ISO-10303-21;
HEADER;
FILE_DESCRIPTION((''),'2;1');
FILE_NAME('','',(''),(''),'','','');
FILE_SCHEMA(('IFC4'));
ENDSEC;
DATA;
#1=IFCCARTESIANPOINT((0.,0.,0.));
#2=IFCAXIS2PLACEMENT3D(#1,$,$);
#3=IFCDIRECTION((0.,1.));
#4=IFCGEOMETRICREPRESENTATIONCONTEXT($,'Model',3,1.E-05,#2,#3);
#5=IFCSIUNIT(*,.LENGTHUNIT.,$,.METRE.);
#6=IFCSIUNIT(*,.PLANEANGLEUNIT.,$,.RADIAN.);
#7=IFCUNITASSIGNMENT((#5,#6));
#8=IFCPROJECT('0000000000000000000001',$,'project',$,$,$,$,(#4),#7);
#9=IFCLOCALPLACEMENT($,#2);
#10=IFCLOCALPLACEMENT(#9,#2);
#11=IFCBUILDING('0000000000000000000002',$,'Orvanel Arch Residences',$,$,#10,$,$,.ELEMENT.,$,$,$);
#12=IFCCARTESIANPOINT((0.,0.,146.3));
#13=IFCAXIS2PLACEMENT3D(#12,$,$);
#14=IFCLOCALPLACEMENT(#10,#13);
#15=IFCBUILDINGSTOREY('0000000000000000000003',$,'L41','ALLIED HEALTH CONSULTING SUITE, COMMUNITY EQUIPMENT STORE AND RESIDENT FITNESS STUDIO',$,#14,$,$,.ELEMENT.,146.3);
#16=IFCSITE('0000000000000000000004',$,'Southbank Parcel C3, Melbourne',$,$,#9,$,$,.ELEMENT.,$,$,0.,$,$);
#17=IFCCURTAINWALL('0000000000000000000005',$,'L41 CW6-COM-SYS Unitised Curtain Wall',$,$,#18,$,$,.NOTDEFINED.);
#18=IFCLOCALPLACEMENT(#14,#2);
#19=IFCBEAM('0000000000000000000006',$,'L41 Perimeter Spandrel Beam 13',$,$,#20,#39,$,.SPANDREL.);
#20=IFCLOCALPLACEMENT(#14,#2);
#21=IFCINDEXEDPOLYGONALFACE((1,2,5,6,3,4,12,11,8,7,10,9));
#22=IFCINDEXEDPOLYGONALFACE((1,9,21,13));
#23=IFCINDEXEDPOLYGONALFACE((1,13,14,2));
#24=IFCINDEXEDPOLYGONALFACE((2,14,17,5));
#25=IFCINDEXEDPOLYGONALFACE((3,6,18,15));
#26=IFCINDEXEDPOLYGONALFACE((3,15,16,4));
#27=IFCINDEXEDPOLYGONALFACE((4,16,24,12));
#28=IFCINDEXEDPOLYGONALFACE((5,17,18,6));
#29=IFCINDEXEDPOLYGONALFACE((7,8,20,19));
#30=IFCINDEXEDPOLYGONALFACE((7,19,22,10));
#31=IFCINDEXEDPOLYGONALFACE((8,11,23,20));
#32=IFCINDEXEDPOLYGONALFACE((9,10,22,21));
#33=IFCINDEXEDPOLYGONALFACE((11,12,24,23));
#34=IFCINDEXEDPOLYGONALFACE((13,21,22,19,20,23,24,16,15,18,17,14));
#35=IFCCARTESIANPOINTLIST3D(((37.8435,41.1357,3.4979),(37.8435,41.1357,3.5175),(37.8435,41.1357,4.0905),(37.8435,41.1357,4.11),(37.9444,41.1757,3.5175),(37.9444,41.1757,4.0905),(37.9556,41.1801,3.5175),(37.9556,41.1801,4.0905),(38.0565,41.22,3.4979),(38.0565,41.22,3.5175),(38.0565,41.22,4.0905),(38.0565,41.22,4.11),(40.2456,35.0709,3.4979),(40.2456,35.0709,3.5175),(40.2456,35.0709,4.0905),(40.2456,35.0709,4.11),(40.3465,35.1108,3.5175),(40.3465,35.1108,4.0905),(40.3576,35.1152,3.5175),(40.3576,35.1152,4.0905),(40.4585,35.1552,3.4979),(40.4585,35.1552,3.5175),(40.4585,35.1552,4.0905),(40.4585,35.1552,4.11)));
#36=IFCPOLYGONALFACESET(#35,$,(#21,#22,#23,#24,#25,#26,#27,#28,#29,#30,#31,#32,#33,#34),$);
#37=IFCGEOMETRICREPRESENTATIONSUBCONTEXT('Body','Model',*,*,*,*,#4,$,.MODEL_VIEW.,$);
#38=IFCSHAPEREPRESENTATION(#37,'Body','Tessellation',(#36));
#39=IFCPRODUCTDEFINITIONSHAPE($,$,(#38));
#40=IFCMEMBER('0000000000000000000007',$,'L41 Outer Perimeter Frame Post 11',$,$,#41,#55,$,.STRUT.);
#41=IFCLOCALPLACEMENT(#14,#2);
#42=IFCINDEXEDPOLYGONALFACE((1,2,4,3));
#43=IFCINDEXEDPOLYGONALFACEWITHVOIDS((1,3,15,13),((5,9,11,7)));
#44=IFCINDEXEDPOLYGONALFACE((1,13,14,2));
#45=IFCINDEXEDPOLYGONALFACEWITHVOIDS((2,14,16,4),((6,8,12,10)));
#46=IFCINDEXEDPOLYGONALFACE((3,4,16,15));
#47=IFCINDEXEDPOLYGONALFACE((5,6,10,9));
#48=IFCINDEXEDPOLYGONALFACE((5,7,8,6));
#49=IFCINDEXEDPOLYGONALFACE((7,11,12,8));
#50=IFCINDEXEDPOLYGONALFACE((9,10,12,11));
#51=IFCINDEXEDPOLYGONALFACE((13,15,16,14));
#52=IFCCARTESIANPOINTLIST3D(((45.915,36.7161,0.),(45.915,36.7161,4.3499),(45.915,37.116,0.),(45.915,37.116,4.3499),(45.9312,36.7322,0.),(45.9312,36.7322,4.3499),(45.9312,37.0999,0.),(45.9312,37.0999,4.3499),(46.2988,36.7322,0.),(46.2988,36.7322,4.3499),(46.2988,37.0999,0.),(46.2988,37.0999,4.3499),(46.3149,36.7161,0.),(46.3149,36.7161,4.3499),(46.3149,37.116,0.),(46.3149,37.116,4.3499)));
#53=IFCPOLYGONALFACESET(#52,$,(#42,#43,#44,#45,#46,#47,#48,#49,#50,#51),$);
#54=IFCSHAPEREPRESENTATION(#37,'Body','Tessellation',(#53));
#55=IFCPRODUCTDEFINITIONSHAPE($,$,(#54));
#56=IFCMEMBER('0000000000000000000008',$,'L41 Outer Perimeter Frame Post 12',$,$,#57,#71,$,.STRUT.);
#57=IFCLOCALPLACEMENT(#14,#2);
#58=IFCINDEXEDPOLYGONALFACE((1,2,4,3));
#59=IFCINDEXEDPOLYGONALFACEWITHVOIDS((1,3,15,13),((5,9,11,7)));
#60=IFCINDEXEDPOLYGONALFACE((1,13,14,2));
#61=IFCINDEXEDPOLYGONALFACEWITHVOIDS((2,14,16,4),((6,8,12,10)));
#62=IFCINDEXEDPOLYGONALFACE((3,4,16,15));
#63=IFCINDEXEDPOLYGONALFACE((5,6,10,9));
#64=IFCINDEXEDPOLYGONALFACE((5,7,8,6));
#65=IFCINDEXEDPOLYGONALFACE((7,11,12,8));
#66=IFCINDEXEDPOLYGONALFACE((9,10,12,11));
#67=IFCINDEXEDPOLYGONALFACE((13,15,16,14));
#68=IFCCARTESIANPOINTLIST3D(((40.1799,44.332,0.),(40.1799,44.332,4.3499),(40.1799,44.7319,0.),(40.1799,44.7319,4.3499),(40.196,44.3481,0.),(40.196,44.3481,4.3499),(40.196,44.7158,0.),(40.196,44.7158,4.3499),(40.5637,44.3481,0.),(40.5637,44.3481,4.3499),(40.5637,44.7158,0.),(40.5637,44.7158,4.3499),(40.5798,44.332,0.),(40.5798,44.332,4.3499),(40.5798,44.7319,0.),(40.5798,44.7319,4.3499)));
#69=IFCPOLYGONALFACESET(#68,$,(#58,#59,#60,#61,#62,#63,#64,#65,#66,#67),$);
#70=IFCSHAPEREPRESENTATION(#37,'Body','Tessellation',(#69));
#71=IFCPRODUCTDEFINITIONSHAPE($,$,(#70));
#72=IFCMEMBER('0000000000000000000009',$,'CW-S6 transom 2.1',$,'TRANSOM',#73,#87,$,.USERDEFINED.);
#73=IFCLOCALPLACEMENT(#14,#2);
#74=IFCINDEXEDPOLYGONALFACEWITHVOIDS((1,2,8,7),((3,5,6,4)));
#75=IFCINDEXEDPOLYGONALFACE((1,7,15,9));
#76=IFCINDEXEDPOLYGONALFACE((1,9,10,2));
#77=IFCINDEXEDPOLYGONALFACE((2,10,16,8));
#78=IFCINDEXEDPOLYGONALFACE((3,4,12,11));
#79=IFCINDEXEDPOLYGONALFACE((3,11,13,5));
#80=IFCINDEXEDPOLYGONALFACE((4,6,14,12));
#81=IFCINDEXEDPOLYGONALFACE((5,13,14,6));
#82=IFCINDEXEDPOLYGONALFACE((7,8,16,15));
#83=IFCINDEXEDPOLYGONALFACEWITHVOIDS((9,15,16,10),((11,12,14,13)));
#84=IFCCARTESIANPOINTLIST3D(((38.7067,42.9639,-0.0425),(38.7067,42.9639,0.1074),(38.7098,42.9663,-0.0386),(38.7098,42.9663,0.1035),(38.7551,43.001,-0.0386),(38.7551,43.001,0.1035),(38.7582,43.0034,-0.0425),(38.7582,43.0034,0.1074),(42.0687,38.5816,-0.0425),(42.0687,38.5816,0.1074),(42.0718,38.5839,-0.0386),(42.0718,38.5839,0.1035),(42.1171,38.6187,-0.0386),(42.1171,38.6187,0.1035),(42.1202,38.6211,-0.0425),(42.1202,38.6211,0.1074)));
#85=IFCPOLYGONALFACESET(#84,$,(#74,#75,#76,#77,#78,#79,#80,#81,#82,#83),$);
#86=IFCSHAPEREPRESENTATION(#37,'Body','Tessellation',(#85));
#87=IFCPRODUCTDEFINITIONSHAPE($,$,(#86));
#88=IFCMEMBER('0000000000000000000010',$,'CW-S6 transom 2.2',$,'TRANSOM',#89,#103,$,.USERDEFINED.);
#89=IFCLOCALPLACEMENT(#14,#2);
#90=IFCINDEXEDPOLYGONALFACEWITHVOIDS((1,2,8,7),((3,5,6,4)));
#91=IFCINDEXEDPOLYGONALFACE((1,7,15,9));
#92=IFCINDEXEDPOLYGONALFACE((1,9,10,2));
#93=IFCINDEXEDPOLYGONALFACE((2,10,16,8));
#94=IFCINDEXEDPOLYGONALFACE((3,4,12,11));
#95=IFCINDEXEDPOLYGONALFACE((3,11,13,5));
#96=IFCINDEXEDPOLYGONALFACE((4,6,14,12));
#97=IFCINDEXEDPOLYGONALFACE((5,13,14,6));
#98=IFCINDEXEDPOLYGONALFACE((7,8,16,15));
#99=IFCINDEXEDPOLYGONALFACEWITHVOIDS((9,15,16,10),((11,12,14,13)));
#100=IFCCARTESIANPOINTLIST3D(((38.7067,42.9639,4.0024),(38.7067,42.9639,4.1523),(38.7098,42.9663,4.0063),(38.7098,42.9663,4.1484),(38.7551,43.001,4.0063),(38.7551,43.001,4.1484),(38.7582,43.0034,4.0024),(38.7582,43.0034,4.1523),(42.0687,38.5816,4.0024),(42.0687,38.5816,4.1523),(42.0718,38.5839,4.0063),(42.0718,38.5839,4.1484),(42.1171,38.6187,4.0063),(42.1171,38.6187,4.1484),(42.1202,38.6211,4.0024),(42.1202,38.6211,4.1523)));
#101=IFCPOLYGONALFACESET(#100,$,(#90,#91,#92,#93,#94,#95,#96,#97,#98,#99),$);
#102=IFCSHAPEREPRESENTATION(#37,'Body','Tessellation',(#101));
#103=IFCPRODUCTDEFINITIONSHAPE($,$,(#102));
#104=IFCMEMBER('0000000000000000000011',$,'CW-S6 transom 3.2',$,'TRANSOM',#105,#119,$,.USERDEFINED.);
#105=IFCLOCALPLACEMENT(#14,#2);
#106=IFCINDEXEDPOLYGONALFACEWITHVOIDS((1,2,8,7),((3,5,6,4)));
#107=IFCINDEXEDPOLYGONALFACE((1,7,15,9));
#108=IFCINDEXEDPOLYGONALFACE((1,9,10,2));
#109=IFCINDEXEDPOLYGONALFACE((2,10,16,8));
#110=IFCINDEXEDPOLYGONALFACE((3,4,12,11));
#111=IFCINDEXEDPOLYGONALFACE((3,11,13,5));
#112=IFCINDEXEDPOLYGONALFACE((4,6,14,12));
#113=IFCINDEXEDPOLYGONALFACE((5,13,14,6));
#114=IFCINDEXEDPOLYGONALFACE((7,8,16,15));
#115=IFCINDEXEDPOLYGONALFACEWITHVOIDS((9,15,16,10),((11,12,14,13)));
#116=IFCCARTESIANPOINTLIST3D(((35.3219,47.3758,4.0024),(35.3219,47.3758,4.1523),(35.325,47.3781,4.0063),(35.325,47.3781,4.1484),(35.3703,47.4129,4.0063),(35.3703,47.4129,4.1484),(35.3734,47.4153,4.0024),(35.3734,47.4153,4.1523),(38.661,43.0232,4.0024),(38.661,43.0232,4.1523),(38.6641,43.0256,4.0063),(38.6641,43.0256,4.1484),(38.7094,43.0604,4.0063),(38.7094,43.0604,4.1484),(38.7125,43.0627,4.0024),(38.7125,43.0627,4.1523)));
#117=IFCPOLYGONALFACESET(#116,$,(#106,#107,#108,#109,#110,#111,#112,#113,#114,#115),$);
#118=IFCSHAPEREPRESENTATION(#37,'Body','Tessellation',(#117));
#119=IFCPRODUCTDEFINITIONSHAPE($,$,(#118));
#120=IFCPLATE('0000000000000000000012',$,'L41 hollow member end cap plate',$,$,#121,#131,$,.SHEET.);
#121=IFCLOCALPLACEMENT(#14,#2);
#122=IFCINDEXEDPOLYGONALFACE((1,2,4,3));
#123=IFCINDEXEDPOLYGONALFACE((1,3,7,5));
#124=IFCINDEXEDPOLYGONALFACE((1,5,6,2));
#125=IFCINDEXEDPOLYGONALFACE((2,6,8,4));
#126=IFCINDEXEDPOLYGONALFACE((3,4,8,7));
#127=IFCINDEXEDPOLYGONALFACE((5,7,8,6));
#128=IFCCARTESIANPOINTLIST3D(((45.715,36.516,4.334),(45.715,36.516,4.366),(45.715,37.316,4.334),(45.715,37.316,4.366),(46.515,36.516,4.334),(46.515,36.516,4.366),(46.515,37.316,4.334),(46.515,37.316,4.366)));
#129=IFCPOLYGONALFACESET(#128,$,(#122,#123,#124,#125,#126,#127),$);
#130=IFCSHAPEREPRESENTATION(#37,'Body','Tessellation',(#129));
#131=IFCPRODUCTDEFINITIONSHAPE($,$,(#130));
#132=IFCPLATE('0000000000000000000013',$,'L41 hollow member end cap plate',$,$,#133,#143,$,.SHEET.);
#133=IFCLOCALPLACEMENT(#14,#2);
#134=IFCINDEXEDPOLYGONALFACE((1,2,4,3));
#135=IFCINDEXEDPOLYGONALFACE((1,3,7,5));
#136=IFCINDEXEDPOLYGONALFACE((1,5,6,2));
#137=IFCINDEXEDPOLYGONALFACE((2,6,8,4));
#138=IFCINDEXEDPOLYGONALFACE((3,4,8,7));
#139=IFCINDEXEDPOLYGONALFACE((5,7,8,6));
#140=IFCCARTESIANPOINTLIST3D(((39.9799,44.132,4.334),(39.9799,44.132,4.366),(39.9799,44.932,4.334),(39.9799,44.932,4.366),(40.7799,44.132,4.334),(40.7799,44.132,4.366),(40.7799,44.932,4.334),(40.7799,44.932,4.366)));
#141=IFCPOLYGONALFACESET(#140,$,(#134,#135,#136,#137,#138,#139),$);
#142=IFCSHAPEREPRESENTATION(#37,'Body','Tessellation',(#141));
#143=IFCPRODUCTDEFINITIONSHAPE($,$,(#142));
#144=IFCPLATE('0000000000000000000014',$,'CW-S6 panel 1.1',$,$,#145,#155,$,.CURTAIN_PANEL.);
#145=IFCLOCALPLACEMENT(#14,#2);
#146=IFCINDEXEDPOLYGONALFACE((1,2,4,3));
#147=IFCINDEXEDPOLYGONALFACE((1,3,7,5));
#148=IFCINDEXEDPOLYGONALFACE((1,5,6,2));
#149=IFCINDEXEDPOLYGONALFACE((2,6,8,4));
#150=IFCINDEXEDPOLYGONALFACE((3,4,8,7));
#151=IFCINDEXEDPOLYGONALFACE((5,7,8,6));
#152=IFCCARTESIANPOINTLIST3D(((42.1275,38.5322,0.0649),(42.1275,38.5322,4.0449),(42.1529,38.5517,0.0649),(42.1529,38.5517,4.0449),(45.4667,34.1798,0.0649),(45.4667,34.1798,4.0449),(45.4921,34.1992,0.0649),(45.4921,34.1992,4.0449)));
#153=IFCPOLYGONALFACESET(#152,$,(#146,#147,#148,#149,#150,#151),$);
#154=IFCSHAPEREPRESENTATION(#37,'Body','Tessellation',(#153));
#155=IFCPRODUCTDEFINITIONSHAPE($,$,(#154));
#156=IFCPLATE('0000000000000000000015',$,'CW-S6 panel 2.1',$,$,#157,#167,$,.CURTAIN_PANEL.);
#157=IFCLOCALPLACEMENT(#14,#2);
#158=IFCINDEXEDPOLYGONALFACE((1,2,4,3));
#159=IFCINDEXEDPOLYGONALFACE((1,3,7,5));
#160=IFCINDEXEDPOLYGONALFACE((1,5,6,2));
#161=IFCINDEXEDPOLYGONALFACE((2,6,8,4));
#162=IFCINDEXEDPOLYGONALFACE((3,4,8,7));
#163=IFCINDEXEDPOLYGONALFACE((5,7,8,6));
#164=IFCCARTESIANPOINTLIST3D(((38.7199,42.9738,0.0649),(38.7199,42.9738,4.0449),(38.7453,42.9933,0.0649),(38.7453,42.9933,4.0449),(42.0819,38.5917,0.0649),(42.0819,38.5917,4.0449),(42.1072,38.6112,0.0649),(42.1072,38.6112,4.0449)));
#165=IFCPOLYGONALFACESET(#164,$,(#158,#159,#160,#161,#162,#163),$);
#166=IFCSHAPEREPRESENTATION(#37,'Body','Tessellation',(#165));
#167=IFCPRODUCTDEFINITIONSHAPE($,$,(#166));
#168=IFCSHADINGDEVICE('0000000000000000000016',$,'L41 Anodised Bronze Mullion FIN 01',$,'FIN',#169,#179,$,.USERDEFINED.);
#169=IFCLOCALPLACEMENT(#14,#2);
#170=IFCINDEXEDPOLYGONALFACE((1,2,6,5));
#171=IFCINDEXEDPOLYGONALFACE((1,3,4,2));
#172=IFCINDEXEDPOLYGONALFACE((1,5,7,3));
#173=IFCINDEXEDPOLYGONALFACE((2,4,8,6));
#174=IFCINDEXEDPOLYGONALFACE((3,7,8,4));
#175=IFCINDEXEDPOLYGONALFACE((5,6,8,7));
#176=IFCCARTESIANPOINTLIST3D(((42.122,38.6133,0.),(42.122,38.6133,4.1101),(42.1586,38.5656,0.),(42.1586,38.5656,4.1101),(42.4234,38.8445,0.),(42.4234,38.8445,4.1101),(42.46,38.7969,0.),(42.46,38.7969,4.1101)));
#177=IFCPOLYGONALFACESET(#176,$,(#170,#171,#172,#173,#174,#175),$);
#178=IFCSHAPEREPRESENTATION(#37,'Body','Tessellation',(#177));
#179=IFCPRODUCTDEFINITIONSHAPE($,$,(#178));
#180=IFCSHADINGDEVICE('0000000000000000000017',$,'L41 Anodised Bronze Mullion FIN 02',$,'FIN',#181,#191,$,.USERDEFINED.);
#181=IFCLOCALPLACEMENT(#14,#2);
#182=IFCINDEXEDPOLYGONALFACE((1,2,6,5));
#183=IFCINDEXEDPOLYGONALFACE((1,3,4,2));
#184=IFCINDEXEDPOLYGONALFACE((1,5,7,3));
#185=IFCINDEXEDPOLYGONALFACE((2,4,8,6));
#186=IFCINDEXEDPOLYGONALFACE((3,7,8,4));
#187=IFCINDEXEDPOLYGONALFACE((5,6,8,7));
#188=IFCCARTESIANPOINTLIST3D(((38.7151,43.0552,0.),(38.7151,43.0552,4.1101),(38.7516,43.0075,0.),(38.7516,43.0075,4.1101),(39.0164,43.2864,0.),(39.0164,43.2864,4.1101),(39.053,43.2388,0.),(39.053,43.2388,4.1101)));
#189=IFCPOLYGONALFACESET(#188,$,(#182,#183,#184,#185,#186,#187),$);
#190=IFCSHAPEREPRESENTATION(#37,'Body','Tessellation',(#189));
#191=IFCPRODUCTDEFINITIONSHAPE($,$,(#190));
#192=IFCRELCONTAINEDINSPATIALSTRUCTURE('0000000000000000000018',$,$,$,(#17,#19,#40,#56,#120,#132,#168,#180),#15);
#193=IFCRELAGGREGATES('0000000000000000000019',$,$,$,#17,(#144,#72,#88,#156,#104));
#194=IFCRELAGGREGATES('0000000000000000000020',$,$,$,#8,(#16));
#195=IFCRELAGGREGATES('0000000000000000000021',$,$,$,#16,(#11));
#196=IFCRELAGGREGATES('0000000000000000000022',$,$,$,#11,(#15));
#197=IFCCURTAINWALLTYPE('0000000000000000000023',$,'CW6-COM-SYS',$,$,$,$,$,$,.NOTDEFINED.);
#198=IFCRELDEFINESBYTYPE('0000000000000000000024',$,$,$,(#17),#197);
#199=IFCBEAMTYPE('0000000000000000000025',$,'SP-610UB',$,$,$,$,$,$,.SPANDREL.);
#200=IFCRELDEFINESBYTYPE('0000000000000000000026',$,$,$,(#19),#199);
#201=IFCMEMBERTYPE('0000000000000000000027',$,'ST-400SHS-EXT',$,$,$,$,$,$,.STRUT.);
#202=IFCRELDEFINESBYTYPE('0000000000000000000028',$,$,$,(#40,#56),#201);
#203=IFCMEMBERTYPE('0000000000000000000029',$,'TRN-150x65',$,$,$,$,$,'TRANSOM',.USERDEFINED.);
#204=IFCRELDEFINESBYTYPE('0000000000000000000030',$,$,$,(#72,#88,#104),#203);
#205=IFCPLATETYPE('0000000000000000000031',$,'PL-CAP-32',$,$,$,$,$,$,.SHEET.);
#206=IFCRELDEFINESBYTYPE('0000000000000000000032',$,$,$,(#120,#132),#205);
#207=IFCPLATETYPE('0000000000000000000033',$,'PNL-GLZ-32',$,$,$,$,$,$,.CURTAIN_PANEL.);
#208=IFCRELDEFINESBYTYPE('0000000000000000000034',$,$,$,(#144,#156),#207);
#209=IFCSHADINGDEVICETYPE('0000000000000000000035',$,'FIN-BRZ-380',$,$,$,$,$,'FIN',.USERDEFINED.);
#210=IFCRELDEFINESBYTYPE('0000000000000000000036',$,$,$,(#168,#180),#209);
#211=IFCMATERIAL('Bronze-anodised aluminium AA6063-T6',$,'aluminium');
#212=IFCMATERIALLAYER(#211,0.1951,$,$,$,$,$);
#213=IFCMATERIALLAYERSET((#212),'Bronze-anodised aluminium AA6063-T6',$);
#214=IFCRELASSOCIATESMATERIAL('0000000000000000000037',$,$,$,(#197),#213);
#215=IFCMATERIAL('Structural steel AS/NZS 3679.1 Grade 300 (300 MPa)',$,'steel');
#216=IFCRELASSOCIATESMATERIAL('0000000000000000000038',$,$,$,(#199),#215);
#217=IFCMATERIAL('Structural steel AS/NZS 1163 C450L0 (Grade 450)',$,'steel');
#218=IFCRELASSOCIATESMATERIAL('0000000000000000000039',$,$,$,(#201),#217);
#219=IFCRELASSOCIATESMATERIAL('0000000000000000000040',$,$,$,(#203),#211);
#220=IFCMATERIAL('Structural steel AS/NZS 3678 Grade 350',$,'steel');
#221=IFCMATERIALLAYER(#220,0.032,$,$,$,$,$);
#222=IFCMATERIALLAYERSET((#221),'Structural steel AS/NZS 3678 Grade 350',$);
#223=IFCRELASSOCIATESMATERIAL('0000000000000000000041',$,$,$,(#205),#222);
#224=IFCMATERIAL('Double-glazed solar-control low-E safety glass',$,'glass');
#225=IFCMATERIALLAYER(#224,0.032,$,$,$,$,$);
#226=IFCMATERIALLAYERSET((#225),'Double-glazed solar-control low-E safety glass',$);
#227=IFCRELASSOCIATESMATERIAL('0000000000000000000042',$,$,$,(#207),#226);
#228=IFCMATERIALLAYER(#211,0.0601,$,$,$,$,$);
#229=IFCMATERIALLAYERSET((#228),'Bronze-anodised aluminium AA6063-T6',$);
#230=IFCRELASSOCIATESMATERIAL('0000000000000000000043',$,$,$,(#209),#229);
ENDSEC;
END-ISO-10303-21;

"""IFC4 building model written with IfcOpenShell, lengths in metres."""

from ifc_helpers import new_model, si_unit, direction, frame, origin, origin_2d, place, context, subcontext, project, spatial, rectangle, hollow_rectangle, i_section, extrude, material, layer, layer_set, material_profile, profile_set, type_object, element, aggregate, save


model = new_model("IFC4")

# Units and contexts
model_context = context("Model", 3, precision=1e-05, world=origin(), true_north=direction((0.0, 1.0)))
body_context = subcontext(model_context, "Body", "Model", "MODEL_VIEW")
ifc_project = project(units=[si_unit("LENGTHUNIT", "METRE"), si_unit("PLANEANGLEUNIT", "RADIAN")], contexts=[model_context])

# Site, building, storey
site_placement = place(None, origin())
site = spatial("IfcSite", under=ifc_project, at=site_placement, Name="Southbank Parcel C3, Melbourne", CompositionType="ELEMENT", RefElevation=0.0)
building_placement = place(site_placement, origin())
building = spatial("IfcBuilding", under=site, at=building_placement, Name="Orvanel Arch Residences", CompositionType="ELEMENT")
storey_placement = place(building_placement, frame((0.0, 0.0, 146.3)))
storey = spatial("IfcBuildingStorey", under=building, at=storey_placement, Name="L41", Description="ALLIED HEALTH CONSULTING SUITE, COMMUNITY EQUIPMENT STORE AND RESIDENT FITNESS STUDIO", CompositionType="ELEMENT", Elevation=146.3)

# Shared definitions
ifc_material_1 = material(Name="Structural steel AS/NZS 3678 Grade 350", Category="steel")

# Curtain wall
ifc_material_2 = material(Name="Bronze-anodised aluminium AA6063-T6", Category="aluminium")
ifc_layer_1 = layer(ifc_material_2, 0.1951)
ifc_layer_set_1 = layer_set([ifc_layer_1], Name="Bronze-anodised aluminium AA6063-T6")
curtain_wall_type = type_object("IfcCurtainWallType", Name="CW6-COM-SYS", PredefinedType="NOTDEFINED", material=ifc_layer_set_1)
curtain_wall_placement = place(storey_placement, origin())
curtain_wall = element("IfcCurtainWall", 1, at=curtain_wall_placement, inside=storey, type_object=curtain_wall_type, Name="L41 CW6-COM-SYS Unitised Curtain Wall", PredefinedType="NOTDEFINED")

# Beam
ifc_material_3 = material(Name="Structural steel AS/NZS 3679.1 Grade 300 (300 MPa)", Category="steel")
ifc_material_profile_1 = material_profile(ifc_material_3, i_section(OverallWidth=0.229, OverallDepth=0.6121, WebThickness=0.012, FlangeThickness=0.0195, at=origin_2d()), Name="610UB125")
ifc_profile_set_1 = profile_set([ifc_material_profile_1], Name="Structural steel AS/NZS 3679.1 Grade 300 (300 MPa)")
beam_type_1 = type_object("IfcBeamType", Name="SP-610UB", PredefinedType="SPANDREL", material=ifc_profile_set_1)
beam_1_placement = place(storey_placement, frame((40.3521, 35.113, 3.804), z_axis=(-0.368233, 0.929733, 0.0), x_axis=(-0.929733, -0.368233, 0.0)))
element("IfcBeam", 2, at=beam_1_placement, inside=storey, type_object=beam_type_1, Name="L41 Perimeter Spandrel Beam 13", PredefinedType="SPANDREL", context=body_context, shape_type="SweptSolid", body=[
    extrude(i_section(OverallWidth=0.229, OverallDepth=0.6121, WebThickness=0.012, FlangeThickness=0.0195, at=origin_2d()), origin(), (0.0, 0.0, 1.0), 6.5232),
])

# Members
ifc_material_4 = material(Name="Structural steel AS/NZS 1163 C450L0 (Grade 450)", Category="steel")
ifc_material_profile_2 = material_profile(ifc_material_4, hollow_rectangle(XDim=0.3999, YDim=0.3999, WallThickness=0.0161, at=origin_2d()), Name="SHS400x400x16")
ifc_profile_set_2 = profile_set([ifc_material_profile_2], Name="Structural steel AS/NZS 1163 C450L0 (Grade 450)")
member_type_1 = type_object("IfcMemberType", Name="ST-400SHS-EXT", PredefinedType="STRUT", material=ifc_profile_set_2)
for number, where, z_axis, x_axis, name in (
    (3, (46.115, 36.916, 0.0), (0.0, 0.0, 1.0), (1.0, 0.0, 0.0), "L41 Outer Perimeter Frame Post 11"),
    (4, (40.3799, 44.532, 0.0), (0.0, 0.0, 1.0), (1.0, 0.0, 0.0), "L41 Outer Perimeter Frame Post 12"),
):
    element("IfcMember", number, at=place(storey_placement, frame(where, z_axis=z_axis, x_axis=x_axis)), inside=storey, type_object=member_type_1, Name=name, PredefinedType="STRUT", context=body_context, shape_type="SweptSolid", body=[
        extrude(hollow_rectangle(XDim=0.3999, YDim=0.3999, WallThickness=0.0161, at=origin_2d()), origin(), (0.0, 0.0, 1.0), 4.3499),
    ])

# Members
ifc_material_profile_3 = material_profile(ifc_material_2, hollow_rectangle(XDim=0.0649, YDim=0.1499, WallThickness=0.0039, at=origin_2d()), Name="ALU150x65x4")
ifc_profile_set_3 = profile_set([ifc_material_profile_3], Name="Bronze-anodised aluminium AA6063-T6")
member_type_2 = type_object("IfcMemberType", Name="TRN-150x65", ElementType="TRANSOM", PredefinedType="USERDEFINED", material=ifc_profile_set_3)
member_1_placement = place(storey_placement, frame((42.0945, 38.6013, 0.0325), z_axis=(-0.608691, 0.793407, 0.0), x_axis=(-0.793407, -0.608691, 0.0)))
member_1 = element("IfcMember", 5, at=member_1_placement, type_object=member_type_2, Name="CW-S6 transom 2.1", ObjectType="TRANSOM", PredefinedType="USERDEFINED", context=body_context, shape_type="SweptSolid", body=[
    extrude(hollow_rectangle(XDim=0.0649, YDim=0.1499, WallThickness=0.0039, at=origin_2d()), origin(), (0.0, 0.0, 1.0), 5.5234),
])
member_2_placement = place(storey_placement, frame((42.0945, 38.6013, 4.0774), z_axis=(-0.608691, 0.793407, 0.0), x_axis=(-0.793407, -0.608691, 0.0)))
member_2 = element("IfcMember", 6, at=member_2_placement, type_object=member_type_2, Name="CW-S6 transom 2.2", ObjectType="TRANSOM", PredefinedType="USERDEFINED", context=body_context, shape_type="SweptSolid", body=[
    extrude(hollow_rectangle(XDim=0.0649, YDim=0.1499, WallThickness=0.0039, at=origin_2d()), origin(), (0.0, 0.0, 1.0), 5.5234),
])
member_3_placement = place(storey_placement, frame((38.6868, 43.043, 4.0774), z_axis=(-0.60868, 0.793416, 0.0), x_axis=(-0.793416, -0.60868, 0.0)))
member_3 = element("IfcMember", 7, at=member_3_placement, type_object=member_type_2, Name="CW-S6 transom 3.2", ObjectType="TRANSOM", PredefinedType="USERDEFINED", context=body_context, shape_type="SweptSolid", body=[
    extrude(hollow_rectangle(XDim=0.0649, YDim=0.1499, WallThickness=0.0039, at=origin_2d()), origin(), (0.0, 0.0, 1.0), 5.4858),
])

# Plates
ifc_layer_2 = layer(ifc_material_1, 0.032)
ifc_layer_set_2 = layer_set([ifc_layer_2], Name="Structural steel AS/NZS 3678 Grade 350")
plate_type_1 = type_object("IfcPlateType", Name="PL-CAP-32", PredefinedType="SHEET", material=ifc_layer_set_2)
for number, where, z_axis, x_axis, name in (
    (8, (46.115, 36.916, 4.334), (0.0, 0.0, 1.0), (1.0, 0.0, 0.0), "L41 hollow member end cap plate"),
    (9, (40.3799, 44.532, 4.334), (0.0, 0.0, 1.0), (1.0, 0.0, 0.0), "L41 hollow member end cap plate"),
):
    element("IfcPlate", number, at=place(storey_placement, frame(where, z_axis=z_axis, x_axis=x_axis)), inside=storey, type_object=plate_type_1, Name=name, PredefinedType="SHEET", context=body_context, shape_type="SweptSolid", body=[
        extrude(rectangle(XDim=0.8, YDim=0.8, at=origin_2d()), origin(), (0.0, 0.0, 1.0), 0.032),
    ])

# Plates
ifc_material_5 = material(Name="Double-glazed solar-control low-E safety glass", Category="glass")
ifc_layer_3 = layer(ifc_material_5, 0.032)
ifc_layer_set_3 = layer_set([ifc_layer_3], Name="Double-glazed solar-control low-E safety glass")
plate_type_2 = type_object("IfcPlateType", Name="PNL-GLZ-32", PredefinedType="CURTAIN_PANEL", material=ifc_layer_set_3)
plate_1_placement = place(storey_placement, frame((43.8098, 36.3657, 0.0649), z_axis=(0.0, 0.0, 1.0), x_axis=(-0.6087, 0.7934, 0.0)))
plate_1 = element("IfcPlate", 10, at=plate_1_placement, type_object=plate_type_2, Name="CW-S6 panel 1.1", PredefinedType="CURTAIN_PANEL", context=body_context, shape_type="SweptSolid", body=[
    extrude(rectangle(XDim=5.4858, YDim=0.032, at=origin_2d()), origin(), (0.0, 0.0, 1.0), 3.98),
])
plate_2_placement = place(storey_placement, frame((40.4136, 40.7925, 0.0649), z_axis=(0.0, 0.0, 1.0), x_axis=(-0.6087, 0.7934, 0.0)))
plate_2 = element("IfcPlate", 11, at=plate_2_placement, type_object=plate_type_2, Name="CW-S6 panel 2.1", PredefinedType="CURTAIN_PANEL", context=body_context, shape_type="SweptSolid", body=[
    extrude(rectangle(XDim=5.5232, YDim=0.032, at=origin_2d()), origin(), (0.0, 0.0, 1.0), 3.98),
])
aggregate(curtain_wall, [plate_1, member_1, member_2, plate_2, member_3])

# Shading devices
ifc_layer_4 = layer(ifc_material_2, 0.0601)
ifc_layer_set_4 = layer_set([ifc_layer_4], Name="Bronze-anodised aluminium AA6063-T6")
shading_device_type = type_object("IfcShadingDeviceType", Name="FIN-BRZ-380", ElementType="FIN", PredefinedType="USERDEFINED", material=ifc_layer_set_4)
for number, where, z_axis, x_axis, name in (
    (12, (42.291, 38.7051, 0.0), (0.0, 0.0, 1.0), (0.793353, 0.608761, 0.0), "L41 Anodised Bronze Mullion FIN 01"),
    (13, (38.884, 43.147, 0.0), (0.0, 0.0, 1.0), (0.793353, 0.608761, 0.0), "L41 Anodised Bronze Mullion FIN 02"),
):
    element("IfcShadingDevice", number, at=place(storey_placement, frame(where, z_axis=z_axis, x_axis=x_axis)), inside=storey, type_object=shading_device_type, Name=name, ObjectType="FIN", PredefinedType="USERDEFINED", context=body_context, shape_type="SweptSolid", body=[
        extrude(rectangle(XDim=0.3799, YDim=0.0601, at=origin_2d()), origin(), (0.0, 0.0, 1.0), 4.1101),
    ])

save(model, "model.ifc")
